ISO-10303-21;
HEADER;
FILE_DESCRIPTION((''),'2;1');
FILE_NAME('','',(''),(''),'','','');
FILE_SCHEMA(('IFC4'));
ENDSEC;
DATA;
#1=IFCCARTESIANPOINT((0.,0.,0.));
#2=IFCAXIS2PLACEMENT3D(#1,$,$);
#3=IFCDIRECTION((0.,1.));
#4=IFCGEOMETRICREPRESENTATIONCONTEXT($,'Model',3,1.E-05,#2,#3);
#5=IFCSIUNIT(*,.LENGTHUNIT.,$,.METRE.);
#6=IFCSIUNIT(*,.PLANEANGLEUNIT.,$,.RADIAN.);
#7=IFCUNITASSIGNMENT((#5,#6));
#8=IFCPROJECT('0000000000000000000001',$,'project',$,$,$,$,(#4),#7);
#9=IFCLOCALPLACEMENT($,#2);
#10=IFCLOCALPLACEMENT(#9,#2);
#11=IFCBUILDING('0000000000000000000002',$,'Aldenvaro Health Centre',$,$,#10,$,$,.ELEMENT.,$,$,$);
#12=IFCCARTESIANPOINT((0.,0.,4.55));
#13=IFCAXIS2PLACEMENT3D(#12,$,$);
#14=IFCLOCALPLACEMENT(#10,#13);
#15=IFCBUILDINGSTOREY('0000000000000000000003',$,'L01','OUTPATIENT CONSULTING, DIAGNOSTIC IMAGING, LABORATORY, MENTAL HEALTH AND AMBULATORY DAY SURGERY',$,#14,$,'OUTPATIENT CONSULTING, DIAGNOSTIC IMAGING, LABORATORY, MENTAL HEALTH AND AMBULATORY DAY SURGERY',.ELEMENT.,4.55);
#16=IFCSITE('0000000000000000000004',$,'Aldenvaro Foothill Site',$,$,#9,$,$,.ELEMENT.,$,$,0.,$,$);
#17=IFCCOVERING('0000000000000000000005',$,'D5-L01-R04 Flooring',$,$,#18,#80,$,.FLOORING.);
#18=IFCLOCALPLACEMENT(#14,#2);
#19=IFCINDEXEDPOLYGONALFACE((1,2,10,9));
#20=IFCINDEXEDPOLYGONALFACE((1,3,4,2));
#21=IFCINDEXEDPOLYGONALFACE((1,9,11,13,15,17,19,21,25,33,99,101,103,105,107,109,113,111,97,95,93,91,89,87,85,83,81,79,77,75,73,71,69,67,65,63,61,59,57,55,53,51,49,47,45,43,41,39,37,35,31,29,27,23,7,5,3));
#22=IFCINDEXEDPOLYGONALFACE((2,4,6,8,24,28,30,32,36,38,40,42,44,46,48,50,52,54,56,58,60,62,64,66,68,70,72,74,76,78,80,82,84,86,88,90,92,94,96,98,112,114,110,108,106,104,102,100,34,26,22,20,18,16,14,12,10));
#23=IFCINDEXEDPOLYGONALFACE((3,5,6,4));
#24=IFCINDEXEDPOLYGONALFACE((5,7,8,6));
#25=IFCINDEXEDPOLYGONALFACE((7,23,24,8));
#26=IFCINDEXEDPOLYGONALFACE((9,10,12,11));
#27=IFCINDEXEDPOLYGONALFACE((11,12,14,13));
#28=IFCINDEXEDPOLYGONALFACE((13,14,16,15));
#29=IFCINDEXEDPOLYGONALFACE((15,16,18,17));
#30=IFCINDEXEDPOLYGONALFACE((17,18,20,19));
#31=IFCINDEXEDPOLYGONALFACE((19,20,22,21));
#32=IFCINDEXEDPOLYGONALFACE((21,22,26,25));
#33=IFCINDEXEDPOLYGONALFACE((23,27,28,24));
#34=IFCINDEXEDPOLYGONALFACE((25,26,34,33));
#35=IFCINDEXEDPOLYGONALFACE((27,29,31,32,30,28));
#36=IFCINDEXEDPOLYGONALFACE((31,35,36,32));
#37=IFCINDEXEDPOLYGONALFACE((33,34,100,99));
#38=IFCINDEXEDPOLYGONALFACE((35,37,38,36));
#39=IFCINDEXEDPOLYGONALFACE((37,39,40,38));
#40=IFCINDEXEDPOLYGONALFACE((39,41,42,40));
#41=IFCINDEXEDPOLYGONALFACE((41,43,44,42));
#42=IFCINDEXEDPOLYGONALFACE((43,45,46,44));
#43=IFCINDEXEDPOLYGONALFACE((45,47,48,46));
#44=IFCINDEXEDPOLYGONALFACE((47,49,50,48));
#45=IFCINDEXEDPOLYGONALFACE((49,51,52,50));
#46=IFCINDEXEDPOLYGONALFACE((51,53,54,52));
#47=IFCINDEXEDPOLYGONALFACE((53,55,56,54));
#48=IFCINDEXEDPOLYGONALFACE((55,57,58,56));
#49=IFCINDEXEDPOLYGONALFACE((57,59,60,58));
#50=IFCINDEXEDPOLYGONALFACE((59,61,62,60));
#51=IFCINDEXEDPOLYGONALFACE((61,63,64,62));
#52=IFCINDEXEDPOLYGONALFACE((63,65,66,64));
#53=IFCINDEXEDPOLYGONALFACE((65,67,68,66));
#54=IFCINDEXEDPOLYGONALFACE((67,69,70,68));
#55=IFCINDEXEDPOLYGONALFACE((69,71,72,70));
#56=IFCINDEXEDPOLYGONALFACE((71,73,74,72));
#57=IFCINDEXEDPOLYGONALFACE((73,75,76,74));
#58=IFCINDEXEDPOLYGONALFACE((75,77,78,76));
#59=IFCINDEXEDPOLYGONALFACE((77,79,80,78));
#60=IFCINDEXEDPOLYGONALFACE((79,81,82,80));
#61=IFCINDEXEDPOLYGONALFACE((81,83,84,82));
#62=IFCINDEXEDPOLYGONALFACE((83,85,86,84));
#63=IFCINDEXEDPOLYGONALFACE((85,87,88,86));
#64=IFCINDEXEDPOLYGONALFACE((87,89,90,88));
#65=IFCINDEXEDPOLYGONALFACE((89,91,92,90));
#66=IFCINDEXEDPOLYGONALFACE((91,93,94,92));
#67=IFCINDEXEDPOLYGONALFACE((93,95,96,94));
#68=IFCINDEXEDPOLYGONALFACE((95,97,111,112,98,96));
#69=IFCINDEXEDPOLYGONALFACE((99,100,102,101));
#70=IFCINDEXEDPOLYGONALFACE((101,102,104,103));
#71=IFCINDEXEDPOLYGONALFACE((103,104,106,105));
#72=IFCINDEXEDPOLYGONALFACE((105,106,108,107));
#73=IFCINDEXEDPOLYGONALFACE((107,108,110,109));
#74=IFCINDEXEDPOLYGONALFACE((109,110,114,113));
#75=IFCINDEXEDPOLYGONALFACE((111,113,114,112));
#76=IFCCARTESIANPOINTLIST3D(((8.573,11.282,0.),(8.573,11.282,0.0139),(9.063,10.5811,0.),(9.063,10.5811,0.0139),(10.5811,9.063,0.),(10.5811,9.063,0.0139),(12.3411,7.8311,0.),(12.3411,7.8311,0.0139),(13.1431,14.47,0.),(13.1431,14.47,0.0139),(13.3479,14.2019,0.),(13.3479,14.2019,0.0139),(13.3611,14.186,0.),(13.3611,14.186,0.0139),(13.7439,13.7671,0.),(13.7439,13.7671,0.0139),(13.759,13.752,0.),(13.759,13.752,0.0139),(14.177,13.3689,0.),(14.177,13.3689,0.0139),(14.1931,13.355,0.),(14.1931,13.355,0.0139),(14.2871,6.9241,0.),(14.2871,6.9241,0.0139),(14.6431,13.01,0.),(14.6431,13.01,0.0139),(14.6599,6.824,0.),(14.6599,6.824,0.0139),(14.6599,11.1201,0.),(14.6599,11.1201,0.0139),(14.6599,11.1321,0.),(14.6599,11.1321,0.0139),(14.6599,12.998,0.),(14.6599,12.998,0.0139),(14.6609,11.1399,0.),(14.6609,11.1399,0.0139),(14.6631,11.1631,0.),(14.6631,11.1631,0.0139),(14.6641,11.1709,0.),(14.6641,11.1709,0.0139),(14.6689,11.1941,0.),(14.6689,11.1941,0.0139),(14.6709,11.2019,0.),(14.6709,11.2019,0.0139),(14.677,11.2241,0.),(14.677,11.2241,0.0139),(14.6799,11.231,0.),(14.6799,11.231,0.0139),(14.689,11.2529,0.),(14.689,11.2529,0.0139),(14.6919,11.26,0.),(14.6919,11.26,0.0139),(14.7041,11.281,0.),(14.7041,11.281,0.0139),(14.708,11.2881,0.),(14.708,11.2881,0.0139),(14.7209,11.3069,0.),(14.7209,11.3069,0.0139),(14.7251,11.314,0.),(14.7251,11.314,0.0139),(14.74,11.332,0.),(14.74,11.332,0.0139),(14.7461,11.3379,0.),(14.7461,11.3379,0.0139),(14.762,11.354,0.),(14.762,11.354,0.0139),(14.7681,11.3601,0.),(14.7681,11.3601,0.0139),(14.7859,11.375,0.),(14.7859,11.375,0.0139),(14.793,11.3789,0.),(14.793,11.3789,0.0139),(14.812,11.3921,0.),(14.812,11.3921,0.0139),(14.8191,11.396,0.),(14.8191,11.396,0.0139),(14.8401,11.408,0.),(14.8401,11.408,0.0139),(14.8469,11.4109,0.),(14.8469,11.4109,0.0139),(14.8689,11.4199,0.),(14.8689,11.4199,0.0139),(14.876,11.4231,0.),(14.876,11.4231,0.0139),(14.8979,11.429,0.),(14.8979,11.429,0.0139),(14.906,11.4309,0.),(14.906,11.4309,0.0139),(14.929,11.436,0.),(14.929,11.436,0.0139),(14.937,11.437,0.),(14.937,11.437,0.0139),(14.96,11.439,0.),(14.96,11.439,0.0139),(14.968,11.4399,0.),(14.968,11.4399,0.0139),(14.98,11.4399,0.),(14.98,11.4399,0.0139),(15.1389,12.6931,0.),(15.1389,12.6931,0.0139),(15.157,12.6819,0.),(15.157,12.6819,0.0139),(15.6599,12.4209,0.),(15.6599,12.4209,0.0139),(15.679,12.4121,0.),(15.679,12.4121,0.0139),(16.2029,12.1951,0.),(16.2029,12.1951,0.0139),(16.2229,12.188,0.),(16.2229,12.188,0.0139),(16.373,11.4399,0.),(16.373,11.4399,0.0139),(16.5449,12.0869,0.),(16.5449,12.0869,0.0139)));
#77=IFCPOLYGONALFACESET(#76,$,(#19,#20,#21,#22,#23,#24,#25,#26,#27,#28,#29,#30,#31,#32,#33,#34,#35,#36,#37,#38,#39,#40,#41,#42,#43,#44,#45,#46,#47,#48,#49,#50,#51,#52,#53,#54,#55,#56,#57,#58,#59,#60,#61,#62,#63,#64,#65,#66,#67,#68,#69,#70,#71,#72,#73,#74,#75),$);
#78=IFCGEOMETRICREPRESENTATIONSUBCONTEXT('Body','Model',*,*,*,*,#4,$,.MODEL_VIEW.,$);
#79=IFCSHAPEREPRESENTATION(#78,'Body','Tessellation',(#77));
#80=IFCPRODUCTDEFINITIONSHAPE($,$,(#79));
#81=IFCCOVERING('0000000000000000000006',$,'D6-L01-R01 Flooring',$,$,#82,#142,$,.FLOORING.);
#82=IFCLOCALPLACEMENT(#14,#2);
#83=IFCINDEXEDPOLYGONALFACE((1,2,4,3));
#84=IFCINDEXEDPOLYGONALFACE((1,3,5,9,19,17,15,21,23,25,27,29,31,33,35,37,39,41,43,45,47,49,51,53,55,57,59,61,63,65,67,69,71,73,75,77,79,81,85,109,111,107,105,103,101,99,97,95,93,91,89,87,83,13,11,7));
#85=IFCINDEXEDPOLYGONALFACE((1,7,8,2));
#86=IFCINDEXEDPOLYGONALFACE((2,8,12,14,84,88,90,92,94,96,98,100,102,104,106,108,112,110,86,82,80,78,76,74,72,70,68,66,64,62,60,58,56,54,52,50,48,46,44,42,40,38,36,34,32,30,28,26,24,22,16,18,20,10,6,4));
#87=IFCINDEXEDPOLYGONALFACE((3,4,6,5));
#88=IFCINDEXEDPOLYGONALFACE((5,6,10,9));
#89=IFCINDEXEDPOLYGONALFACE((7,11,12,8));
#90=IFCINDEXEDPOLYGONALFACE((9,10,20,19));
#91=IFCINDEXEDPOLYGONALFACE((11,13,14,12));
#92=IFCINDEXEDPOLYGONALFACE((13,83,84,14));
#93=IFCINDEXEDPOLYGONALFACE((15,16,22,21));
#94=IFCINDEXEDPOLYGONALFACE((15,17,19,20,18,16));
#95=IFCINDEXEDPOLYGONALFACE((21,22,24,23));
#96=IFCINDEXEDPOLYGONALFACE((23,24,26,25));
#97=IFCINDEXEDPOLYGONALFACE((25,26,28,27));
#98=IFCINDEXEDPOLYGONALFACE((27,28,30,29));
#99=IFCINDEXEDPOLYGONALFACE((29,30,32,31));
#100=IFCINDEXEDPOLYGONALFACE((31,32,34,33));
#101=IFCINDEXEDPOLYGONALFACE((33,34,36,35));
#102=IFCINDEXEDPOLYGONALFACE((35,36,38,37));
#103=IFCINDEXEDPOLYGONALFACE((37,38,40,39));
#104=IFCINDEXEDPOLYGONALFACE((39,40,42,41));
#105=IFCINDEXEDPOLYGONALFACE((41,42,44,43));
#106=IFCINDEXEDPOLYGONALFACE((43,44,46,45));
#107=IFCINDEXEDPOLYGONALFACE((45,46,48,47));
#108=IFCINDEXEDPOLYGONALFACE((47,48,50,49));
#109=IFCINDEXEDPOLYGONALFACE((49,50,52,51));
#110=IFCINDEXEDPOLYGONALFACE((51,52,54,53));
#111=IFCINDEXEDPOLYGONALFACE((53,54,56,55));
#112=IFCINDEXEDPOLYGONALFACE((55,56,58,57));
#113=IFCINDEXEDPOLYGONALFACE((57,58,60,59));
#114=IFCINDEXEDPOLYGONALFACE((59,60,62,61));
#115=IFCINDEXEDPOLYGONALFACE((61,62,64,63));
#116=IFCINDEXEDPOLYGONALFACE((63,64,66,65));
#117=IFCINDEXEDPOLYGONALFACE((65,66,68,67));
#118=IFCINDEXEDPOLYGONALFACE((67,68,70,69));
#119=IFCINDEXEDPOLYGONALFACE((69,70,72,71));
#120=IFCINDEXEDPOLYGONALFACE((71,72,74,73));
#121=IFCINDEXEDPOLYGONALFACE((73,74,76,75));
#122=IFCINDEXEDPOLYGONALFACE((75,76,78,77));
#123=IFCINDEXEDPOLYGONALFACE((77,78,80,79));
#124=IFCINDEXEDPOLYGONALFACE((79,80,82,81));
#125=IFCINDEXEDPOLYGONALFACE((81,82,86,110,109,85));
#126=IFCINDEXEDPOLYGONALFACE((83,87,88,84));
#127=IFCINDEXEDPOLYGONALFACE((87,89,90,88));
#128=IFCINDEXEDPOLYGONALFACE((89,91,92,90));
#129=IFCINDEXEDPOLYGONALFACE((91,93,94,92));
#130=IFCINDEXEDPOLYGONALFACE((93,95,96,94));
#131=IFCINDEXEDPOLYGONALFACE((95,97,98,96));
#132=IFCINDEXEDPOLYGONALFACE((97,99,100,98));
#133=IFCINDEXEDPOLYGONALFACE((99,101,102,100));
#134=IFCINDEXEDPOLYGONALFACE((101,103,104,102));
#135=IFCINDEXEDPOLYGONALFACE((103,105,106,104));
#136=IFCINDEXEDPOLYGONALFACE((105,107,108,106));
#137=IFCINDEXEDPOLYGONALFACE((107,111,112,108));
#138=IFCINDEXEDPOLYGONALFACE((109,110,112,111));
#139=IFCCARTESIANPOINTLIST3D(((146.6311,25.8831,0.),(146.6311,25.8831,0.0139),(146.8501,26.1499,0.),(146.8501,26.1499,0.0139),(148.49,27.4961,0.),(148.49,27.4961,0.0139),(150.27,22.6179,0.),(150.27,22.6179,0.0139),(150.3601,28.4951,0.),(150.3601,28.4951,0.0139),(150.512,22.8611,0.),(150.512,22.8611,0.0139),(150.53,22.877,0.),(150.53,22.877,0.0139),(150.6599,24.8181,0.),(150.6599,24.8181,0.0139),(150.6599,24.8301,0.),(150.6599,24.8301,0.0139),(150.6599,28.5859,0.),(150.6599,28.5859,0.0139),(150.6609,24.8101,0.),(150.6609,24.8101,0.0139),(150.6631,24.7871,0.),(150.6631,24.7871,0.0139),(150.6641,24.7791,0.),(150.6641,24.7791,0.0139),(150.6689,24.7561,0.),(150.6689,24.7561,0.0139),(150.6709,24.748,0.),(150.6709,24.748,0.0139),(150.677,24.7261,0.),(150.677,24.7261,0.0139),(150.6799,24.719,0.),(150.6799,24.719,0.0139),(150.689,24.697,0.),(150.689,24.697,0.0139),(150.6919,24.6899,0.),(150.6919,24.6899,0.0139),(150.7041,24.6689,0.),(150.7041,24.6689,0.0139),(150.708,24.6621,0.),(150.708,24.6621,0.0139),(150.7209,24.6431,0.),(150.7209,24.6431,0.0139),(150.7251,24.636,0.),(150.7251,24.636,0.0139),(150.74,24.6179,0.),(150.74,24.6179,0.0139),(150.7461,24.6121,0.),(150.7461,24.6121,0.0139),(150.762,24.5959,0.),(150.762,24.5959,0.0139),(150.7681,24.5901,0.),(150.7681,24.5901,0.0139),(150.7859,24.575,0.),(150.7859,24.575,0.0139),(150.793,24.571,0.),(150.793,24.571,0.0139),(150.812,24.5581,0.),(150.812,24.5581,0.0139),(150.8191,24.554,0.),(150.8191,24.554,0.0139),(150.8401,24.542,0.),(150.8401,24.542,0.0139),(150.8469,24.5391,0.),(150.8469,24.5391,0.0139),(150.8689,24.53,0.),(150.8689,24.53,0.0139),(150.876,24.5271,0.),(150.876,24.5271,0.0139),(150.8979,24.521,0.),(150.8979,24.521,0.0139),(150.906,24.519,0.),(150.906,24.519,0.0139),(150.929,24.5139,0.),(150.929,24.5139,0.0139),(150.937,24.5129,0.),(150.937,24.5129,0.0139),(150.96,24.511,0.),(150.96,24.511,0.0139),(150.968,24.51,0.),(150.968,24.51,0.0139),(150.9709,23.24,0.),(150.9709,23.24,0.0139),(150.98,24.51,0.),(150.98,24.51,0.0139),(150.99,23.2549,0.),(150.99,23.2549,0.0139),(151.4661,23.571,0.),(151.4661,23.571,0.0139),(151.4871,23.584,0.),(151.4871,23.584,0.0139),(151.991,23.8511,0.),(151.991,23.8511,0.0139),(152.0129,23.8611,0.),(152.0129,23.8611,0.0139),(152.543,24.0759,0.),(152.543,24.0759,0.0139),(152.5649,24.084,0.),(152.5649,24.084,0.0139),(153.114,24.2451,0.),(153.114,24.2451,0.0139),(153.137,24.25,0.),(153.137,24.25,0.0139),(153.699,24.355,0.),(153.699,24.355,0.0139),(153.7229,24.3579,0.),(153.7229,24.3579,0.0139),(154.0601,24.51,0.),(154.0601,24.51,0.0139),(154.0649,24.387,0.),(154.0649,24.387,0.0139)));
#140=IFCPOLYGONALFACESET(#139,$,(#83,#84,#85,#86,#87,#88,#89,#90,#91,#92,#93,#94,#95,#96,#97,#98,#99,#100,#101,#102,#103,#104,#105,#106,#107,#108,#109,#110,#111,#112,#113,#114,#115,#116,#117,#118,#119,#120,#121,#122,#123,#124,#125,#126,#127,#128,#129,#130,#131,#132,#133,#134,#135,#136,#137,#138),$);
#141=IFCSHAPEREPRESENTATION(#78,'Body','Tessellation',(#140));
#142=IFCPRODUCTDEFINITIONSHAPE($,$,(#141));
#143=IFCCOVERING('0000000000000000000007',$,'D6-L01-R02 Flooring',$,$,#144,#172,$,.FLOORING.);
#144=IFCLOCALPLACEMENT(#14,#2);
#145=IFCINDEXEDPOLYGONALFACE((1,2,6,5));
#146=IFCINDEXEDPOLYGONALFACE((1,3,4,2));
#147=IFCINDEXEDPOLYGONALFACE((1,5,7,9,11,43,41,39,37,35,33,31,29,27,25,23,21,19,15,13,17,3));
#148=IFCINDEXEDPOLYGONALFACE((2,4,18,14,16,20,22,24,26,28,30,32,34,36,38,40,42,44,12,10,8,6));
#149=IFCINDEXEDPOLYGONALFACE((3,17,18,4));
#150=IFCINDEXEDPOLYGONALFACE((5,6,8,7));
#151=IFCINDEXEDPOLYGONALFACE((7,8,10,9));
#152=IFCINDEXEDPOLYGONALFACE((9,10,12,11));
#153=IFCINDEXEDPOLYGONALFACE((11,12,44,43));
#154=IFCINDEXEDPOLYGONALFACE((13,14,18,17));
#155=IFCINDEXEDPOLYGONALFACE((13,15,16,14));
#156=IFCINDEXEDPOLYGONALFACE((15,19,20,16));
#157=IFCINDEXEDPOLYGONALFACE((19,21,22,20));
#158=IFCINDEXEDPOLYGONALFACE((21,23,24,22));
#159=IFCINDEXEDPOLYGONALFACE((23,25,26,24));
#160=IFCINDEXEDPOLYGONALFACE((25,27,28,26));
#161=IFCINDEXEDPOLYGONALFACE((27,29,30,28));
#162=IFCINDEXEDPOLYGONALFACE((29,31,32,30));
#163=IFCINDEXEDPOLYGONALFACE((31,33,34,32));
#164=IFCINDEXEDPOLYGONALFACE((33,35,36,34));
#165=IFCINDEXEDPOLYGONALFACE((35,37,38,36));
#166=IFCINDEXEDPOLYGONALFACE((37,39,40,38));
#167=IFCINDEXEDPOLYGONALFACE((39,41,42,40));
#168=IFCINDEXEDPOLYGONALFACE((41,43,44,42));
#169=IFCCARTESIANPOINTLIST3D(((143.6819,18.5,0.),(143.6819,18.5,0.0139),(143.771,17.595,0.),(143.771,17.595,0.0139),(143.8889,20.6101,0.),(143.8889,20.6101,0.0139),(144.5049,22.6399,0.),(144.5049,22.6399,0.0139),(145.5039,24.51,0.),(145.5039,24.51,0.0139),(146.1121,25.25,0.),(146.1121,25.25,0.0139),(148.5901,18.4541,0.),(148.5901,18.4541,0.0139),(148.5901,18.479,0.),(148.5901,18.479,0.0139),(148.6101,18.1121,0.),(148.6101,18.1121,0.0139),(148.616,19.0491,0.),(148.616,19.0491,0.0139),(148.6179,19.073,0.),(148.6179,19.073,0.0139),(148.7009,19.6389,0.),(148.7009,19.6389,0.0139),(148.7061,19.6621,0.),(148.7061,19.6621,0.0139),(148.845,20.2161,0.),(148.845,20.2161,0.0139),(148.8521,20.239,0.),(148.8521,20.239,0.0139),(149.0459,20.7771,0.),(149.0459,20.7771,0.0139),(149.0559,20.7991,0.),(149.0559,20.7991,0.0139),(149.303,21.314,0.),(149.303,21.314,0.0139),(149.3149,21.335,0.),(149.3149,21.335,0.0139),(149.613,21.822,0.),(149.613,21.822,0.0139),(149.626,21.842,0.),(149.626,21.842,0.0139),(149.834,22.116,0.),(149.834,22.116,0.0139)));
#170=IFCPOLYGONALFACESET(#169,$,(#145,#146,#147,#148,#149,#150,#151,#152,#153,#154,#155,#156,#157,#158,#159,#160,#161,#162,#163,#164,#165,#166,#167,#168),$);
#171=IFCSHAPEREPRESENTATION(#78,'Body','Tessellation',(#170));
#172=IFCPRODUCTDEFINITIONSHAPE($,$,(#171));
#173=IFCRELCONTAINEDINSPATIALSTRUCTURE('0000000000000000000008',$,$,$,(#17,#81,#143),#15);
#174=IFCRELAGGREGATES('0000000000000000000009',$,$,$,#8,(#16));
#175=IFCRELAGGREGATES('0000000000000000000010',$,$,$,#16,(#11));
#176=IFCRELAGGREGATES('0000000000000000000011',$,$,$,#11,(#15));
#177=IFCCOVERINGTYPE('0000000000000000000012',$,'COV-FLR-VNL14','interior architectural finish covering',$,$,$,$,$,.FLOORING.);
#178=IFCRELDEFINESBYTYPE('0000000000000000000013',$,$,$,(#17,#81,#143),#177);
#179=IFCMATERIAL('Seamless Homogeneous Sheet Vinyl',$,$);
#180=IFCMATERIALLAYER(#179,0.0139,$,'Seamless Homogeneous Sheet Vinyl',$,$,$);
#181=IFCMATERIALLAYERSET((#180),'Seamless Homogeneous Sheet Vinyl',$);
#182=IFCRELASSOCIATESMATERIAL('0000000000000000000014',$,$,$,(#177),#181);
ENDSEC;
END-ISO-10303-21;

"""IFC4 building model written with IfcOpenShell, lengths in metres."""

from ifc_helpers import new_model, si_unit, direction, frame, origin, place, context, subcontext, project, spatial, polyline, outline, extrude, material, layer, layer_set, type_object, element, save


model = new_model("IFC4")

# Units and contexts
model_context = context("Model", 3, precision=1e-05, world=origin(), true_north=direction((0.0, 1.0)))
body_context = subcontext(model_context, "Body", "Model", "MODEL_VIEW")
ifc_project = project(units=[si_unit("LENGTHUNIT", "METRE"), si_unit("PLANEANGLEUNIT", "RADIAN")], contexts=[model_context])

# Site, building, storey
site_placement = place(None, origin())
site = spatial("IfcSite", under=ifc_project, at=site_placement, Name="Aldenvaro Foothill Site", CompositionType="ELEMENT", RefElevation=0.0)
building_placement = place(site_placement, origin())
building = spatial("IfcBuilding", under=site, at=building_placement, Name="Aldenvaro Health Centre", CompositionType="ELEMENT")
storey_placement = place(building_placement, frame((0.0, 0.0, 4.55)))
storey = spatial("IfcBuildingStorey", under=building, at=storey_placement, Name="L01", Description="OUTPATIENT CONSULTING, DIAGNOSTIC IMAGING, LABORATORY, MENTAL HEALTH AND AMBULATORY DAY SURGERY", LongName="OUTPATIENT CONSULTING, DIAGNOSTIC IMAGING, LABORATORY, MENTAL HEALTH AND AMBULATORY DAY SURGERY", CompositionType="ELEMENT", Elevation=4.55)

# Coverings
ifc_material_1 = material(Name="Seamless Homogeneous Sheet Vinyl")
ifc_layer_1 = layer(ifc_material_1, 0.0139, Name="Seamless Homogeneous Sheet Vinyl")
ifc_layer_set_1 = layer_set([ifc_layer_1], Name="Seamless Homogeneous Sheet Vinyl")
covering_type_1 = type_object("IfcCoveringType", Name="COV-FLR-VNL14", Description="interior architectural finish covering", PredefinedType="FLOORING", material=ifc_layer_set_1)
covering_1_placement = place(storey_placement, origin())
element("IfcCovering", 1, at=covering_1_placement, inside=storey, type_object=covering_type_1, Name="D5-L01-R04 Flooring", PredefinedType="FLOORING", context=body_context, shape_type="SweptSolid", body=[
    extrude(outline(polyline([(13.3479, 14.2019), (13.3611, 14.186), (13.7439, 13.7671), (13.759, 13.752), (14.177, 13.3689), (14.1931, 13.355), (14.6431, 13.01), (14.6599, 12.998), (15.1389, 12.6931), (15.157, 12.6819), (15.6599, 12.4209), (15.679, 12.4121), (16.2029, 12.1951), (16.2229, 12.188), (16.5449, 12.0869), (16.373, 11.4399), (14.98, 11.4399), (14.968, 11.4399), (14.96, 11.439), (14.937, 11.437), (14.929, 11.436), (14.906, 11.4309), (14.8979, 11.429), (14.876, 11.4231), (14.8689, 11.4199), (14.8469, 11.4109), (14.8401, 11.408), (14.8191, 11.396), (14.812, 11.3921), (14.793, 11.3789), (14.7859, 11.375), (14.7681, 11.3601), (14.762, 11.354), (14.7461, 11.3379), (14.74, 11.332), (14.7251, 11.314), (14.7209, 11.3069), (14.708, 11.2881), (14.7041, 11.281), (14.6919, 11.26), (14.689, 11.2529), (14.6799, 11.231), (14.677, 11.2241), (14.6709, 11.2019), (14.6689, 11.1941), (14.6641, 11.1709), (14.6631, 11.1631), (14.6609, 11.1399), (14.6599, 11.1321), (14.6599, 11.1201), (14.6599, 6.824), (14.2871, 6.9241), (12.3411, 7.8311), (10.5811, 9.063), (9.063, 10.5811), (8.573, 11.282), (13.1431, 14.47), (13.3479, 14.2019)])), origin(), (0.0, 0.0, 1.0), 0.0139),
])
covering_2_placement = place(storey_placement, origin())
element("IfcCovering", 2, at=covering_2_placement, inside=storey, type_object=covering_type_1, Name="D6-L01-R01 Flooring", PredefinedType="FLOORING", context=body_context, shape_type="SweptSolid", body=[
    extrude(outline(polyline([(153.7229, 24.3579), (153.699, 24.355), (153.137, 24.25), (153.114, 24.2451), (152.5649, 24.084), (152.543, 24.0759), (152.0129, 23.8611), (151.991, 23.8511), (151.4871, 23.584), (151.4661, 23.571), (150.99, 23.2549), (150.9709, 23.24), (150.53, 22.877), (150.512, 22.8611), (150.27, 22.6179), (146.6311, 25.8831), (146.8501, 26.1499), (148.49, 27.4961), (150.3601, 28.4951), (150.6599, 28.5859), (150.6599, 24.8301), (150.6599, 24.8181), (150.6609, 24.8101), (150.6631, 24.7871), (150.6641, 24.7791), (150.6689, 24.7561), (150.6709, 24.748), (150.677, 24.7261), (150.6799, 24.719), (150.689, 24.697), (150.6919, 24.6899), (150.7041, 24.6689), (150.708, 24.6621), (150.7209, 24.6431), (150.7251, 24.636), (150.74, 24.6179), (150.7461, 24.6121), (150.762, 24.5959), (150.7681, 24.5901), (150.7859, 24.575), (150.793, 24.571), (150.812, 24.5581), (150.8191, 24.554), (150.8401, 24.542), (150.8469, 24.5391), (150.8689, 24.53), (150.876, 24.5271), (150.8979, 24.521), (150.906, 24.519), (150.929, 24.5139), (150.937, 24.5129), (150.96, 24.511), (150.968, 24.51), (150.98, 24.51), (154.0601, 24.51), (154.0649, 24.387), (153.7229, 24.3579)])), origin(), (0.0, 0.0, 1.0), 0.0139),
])
covering_3_placement = place(storey_placement, origin())
element("IfcCovering", 3, at=covering_3_placement, inside=storey, type_object=covering_type_1, Name="D6-L01-R02 Flooring", PredefinedType="FLOORING", context=body_context, shape_type="SweptSolid", body=[
    extrude(outline(polyline([(149.626, 21.842), (149.613, 21.822), (149.3149, 21.335), (149.303, 21.314), (149.0559, 20.7991), (149.0459, 20.7771), (148.8521, 20.239), (148.845, 20.2161), (148.7061, 19.6621), (148.7009, 19.6389), (148.6179, 19.073), (148.616, 19.0491), (148.5901, 18.479), (148.5901, 18.4541), (148.6101, 18.1121), (143.771, 17.595), (143.6819, 18.5), (143.8889, 20.6101), (144.5049, 22.6399), (145.5039, 24.51), (146.1121, 25.25), (149.834, 22.116), (149.626, 21.842)])), origin(), (0.0, 0.0, 1.0), 0.0139),
])

save(model, "model.ifc")
